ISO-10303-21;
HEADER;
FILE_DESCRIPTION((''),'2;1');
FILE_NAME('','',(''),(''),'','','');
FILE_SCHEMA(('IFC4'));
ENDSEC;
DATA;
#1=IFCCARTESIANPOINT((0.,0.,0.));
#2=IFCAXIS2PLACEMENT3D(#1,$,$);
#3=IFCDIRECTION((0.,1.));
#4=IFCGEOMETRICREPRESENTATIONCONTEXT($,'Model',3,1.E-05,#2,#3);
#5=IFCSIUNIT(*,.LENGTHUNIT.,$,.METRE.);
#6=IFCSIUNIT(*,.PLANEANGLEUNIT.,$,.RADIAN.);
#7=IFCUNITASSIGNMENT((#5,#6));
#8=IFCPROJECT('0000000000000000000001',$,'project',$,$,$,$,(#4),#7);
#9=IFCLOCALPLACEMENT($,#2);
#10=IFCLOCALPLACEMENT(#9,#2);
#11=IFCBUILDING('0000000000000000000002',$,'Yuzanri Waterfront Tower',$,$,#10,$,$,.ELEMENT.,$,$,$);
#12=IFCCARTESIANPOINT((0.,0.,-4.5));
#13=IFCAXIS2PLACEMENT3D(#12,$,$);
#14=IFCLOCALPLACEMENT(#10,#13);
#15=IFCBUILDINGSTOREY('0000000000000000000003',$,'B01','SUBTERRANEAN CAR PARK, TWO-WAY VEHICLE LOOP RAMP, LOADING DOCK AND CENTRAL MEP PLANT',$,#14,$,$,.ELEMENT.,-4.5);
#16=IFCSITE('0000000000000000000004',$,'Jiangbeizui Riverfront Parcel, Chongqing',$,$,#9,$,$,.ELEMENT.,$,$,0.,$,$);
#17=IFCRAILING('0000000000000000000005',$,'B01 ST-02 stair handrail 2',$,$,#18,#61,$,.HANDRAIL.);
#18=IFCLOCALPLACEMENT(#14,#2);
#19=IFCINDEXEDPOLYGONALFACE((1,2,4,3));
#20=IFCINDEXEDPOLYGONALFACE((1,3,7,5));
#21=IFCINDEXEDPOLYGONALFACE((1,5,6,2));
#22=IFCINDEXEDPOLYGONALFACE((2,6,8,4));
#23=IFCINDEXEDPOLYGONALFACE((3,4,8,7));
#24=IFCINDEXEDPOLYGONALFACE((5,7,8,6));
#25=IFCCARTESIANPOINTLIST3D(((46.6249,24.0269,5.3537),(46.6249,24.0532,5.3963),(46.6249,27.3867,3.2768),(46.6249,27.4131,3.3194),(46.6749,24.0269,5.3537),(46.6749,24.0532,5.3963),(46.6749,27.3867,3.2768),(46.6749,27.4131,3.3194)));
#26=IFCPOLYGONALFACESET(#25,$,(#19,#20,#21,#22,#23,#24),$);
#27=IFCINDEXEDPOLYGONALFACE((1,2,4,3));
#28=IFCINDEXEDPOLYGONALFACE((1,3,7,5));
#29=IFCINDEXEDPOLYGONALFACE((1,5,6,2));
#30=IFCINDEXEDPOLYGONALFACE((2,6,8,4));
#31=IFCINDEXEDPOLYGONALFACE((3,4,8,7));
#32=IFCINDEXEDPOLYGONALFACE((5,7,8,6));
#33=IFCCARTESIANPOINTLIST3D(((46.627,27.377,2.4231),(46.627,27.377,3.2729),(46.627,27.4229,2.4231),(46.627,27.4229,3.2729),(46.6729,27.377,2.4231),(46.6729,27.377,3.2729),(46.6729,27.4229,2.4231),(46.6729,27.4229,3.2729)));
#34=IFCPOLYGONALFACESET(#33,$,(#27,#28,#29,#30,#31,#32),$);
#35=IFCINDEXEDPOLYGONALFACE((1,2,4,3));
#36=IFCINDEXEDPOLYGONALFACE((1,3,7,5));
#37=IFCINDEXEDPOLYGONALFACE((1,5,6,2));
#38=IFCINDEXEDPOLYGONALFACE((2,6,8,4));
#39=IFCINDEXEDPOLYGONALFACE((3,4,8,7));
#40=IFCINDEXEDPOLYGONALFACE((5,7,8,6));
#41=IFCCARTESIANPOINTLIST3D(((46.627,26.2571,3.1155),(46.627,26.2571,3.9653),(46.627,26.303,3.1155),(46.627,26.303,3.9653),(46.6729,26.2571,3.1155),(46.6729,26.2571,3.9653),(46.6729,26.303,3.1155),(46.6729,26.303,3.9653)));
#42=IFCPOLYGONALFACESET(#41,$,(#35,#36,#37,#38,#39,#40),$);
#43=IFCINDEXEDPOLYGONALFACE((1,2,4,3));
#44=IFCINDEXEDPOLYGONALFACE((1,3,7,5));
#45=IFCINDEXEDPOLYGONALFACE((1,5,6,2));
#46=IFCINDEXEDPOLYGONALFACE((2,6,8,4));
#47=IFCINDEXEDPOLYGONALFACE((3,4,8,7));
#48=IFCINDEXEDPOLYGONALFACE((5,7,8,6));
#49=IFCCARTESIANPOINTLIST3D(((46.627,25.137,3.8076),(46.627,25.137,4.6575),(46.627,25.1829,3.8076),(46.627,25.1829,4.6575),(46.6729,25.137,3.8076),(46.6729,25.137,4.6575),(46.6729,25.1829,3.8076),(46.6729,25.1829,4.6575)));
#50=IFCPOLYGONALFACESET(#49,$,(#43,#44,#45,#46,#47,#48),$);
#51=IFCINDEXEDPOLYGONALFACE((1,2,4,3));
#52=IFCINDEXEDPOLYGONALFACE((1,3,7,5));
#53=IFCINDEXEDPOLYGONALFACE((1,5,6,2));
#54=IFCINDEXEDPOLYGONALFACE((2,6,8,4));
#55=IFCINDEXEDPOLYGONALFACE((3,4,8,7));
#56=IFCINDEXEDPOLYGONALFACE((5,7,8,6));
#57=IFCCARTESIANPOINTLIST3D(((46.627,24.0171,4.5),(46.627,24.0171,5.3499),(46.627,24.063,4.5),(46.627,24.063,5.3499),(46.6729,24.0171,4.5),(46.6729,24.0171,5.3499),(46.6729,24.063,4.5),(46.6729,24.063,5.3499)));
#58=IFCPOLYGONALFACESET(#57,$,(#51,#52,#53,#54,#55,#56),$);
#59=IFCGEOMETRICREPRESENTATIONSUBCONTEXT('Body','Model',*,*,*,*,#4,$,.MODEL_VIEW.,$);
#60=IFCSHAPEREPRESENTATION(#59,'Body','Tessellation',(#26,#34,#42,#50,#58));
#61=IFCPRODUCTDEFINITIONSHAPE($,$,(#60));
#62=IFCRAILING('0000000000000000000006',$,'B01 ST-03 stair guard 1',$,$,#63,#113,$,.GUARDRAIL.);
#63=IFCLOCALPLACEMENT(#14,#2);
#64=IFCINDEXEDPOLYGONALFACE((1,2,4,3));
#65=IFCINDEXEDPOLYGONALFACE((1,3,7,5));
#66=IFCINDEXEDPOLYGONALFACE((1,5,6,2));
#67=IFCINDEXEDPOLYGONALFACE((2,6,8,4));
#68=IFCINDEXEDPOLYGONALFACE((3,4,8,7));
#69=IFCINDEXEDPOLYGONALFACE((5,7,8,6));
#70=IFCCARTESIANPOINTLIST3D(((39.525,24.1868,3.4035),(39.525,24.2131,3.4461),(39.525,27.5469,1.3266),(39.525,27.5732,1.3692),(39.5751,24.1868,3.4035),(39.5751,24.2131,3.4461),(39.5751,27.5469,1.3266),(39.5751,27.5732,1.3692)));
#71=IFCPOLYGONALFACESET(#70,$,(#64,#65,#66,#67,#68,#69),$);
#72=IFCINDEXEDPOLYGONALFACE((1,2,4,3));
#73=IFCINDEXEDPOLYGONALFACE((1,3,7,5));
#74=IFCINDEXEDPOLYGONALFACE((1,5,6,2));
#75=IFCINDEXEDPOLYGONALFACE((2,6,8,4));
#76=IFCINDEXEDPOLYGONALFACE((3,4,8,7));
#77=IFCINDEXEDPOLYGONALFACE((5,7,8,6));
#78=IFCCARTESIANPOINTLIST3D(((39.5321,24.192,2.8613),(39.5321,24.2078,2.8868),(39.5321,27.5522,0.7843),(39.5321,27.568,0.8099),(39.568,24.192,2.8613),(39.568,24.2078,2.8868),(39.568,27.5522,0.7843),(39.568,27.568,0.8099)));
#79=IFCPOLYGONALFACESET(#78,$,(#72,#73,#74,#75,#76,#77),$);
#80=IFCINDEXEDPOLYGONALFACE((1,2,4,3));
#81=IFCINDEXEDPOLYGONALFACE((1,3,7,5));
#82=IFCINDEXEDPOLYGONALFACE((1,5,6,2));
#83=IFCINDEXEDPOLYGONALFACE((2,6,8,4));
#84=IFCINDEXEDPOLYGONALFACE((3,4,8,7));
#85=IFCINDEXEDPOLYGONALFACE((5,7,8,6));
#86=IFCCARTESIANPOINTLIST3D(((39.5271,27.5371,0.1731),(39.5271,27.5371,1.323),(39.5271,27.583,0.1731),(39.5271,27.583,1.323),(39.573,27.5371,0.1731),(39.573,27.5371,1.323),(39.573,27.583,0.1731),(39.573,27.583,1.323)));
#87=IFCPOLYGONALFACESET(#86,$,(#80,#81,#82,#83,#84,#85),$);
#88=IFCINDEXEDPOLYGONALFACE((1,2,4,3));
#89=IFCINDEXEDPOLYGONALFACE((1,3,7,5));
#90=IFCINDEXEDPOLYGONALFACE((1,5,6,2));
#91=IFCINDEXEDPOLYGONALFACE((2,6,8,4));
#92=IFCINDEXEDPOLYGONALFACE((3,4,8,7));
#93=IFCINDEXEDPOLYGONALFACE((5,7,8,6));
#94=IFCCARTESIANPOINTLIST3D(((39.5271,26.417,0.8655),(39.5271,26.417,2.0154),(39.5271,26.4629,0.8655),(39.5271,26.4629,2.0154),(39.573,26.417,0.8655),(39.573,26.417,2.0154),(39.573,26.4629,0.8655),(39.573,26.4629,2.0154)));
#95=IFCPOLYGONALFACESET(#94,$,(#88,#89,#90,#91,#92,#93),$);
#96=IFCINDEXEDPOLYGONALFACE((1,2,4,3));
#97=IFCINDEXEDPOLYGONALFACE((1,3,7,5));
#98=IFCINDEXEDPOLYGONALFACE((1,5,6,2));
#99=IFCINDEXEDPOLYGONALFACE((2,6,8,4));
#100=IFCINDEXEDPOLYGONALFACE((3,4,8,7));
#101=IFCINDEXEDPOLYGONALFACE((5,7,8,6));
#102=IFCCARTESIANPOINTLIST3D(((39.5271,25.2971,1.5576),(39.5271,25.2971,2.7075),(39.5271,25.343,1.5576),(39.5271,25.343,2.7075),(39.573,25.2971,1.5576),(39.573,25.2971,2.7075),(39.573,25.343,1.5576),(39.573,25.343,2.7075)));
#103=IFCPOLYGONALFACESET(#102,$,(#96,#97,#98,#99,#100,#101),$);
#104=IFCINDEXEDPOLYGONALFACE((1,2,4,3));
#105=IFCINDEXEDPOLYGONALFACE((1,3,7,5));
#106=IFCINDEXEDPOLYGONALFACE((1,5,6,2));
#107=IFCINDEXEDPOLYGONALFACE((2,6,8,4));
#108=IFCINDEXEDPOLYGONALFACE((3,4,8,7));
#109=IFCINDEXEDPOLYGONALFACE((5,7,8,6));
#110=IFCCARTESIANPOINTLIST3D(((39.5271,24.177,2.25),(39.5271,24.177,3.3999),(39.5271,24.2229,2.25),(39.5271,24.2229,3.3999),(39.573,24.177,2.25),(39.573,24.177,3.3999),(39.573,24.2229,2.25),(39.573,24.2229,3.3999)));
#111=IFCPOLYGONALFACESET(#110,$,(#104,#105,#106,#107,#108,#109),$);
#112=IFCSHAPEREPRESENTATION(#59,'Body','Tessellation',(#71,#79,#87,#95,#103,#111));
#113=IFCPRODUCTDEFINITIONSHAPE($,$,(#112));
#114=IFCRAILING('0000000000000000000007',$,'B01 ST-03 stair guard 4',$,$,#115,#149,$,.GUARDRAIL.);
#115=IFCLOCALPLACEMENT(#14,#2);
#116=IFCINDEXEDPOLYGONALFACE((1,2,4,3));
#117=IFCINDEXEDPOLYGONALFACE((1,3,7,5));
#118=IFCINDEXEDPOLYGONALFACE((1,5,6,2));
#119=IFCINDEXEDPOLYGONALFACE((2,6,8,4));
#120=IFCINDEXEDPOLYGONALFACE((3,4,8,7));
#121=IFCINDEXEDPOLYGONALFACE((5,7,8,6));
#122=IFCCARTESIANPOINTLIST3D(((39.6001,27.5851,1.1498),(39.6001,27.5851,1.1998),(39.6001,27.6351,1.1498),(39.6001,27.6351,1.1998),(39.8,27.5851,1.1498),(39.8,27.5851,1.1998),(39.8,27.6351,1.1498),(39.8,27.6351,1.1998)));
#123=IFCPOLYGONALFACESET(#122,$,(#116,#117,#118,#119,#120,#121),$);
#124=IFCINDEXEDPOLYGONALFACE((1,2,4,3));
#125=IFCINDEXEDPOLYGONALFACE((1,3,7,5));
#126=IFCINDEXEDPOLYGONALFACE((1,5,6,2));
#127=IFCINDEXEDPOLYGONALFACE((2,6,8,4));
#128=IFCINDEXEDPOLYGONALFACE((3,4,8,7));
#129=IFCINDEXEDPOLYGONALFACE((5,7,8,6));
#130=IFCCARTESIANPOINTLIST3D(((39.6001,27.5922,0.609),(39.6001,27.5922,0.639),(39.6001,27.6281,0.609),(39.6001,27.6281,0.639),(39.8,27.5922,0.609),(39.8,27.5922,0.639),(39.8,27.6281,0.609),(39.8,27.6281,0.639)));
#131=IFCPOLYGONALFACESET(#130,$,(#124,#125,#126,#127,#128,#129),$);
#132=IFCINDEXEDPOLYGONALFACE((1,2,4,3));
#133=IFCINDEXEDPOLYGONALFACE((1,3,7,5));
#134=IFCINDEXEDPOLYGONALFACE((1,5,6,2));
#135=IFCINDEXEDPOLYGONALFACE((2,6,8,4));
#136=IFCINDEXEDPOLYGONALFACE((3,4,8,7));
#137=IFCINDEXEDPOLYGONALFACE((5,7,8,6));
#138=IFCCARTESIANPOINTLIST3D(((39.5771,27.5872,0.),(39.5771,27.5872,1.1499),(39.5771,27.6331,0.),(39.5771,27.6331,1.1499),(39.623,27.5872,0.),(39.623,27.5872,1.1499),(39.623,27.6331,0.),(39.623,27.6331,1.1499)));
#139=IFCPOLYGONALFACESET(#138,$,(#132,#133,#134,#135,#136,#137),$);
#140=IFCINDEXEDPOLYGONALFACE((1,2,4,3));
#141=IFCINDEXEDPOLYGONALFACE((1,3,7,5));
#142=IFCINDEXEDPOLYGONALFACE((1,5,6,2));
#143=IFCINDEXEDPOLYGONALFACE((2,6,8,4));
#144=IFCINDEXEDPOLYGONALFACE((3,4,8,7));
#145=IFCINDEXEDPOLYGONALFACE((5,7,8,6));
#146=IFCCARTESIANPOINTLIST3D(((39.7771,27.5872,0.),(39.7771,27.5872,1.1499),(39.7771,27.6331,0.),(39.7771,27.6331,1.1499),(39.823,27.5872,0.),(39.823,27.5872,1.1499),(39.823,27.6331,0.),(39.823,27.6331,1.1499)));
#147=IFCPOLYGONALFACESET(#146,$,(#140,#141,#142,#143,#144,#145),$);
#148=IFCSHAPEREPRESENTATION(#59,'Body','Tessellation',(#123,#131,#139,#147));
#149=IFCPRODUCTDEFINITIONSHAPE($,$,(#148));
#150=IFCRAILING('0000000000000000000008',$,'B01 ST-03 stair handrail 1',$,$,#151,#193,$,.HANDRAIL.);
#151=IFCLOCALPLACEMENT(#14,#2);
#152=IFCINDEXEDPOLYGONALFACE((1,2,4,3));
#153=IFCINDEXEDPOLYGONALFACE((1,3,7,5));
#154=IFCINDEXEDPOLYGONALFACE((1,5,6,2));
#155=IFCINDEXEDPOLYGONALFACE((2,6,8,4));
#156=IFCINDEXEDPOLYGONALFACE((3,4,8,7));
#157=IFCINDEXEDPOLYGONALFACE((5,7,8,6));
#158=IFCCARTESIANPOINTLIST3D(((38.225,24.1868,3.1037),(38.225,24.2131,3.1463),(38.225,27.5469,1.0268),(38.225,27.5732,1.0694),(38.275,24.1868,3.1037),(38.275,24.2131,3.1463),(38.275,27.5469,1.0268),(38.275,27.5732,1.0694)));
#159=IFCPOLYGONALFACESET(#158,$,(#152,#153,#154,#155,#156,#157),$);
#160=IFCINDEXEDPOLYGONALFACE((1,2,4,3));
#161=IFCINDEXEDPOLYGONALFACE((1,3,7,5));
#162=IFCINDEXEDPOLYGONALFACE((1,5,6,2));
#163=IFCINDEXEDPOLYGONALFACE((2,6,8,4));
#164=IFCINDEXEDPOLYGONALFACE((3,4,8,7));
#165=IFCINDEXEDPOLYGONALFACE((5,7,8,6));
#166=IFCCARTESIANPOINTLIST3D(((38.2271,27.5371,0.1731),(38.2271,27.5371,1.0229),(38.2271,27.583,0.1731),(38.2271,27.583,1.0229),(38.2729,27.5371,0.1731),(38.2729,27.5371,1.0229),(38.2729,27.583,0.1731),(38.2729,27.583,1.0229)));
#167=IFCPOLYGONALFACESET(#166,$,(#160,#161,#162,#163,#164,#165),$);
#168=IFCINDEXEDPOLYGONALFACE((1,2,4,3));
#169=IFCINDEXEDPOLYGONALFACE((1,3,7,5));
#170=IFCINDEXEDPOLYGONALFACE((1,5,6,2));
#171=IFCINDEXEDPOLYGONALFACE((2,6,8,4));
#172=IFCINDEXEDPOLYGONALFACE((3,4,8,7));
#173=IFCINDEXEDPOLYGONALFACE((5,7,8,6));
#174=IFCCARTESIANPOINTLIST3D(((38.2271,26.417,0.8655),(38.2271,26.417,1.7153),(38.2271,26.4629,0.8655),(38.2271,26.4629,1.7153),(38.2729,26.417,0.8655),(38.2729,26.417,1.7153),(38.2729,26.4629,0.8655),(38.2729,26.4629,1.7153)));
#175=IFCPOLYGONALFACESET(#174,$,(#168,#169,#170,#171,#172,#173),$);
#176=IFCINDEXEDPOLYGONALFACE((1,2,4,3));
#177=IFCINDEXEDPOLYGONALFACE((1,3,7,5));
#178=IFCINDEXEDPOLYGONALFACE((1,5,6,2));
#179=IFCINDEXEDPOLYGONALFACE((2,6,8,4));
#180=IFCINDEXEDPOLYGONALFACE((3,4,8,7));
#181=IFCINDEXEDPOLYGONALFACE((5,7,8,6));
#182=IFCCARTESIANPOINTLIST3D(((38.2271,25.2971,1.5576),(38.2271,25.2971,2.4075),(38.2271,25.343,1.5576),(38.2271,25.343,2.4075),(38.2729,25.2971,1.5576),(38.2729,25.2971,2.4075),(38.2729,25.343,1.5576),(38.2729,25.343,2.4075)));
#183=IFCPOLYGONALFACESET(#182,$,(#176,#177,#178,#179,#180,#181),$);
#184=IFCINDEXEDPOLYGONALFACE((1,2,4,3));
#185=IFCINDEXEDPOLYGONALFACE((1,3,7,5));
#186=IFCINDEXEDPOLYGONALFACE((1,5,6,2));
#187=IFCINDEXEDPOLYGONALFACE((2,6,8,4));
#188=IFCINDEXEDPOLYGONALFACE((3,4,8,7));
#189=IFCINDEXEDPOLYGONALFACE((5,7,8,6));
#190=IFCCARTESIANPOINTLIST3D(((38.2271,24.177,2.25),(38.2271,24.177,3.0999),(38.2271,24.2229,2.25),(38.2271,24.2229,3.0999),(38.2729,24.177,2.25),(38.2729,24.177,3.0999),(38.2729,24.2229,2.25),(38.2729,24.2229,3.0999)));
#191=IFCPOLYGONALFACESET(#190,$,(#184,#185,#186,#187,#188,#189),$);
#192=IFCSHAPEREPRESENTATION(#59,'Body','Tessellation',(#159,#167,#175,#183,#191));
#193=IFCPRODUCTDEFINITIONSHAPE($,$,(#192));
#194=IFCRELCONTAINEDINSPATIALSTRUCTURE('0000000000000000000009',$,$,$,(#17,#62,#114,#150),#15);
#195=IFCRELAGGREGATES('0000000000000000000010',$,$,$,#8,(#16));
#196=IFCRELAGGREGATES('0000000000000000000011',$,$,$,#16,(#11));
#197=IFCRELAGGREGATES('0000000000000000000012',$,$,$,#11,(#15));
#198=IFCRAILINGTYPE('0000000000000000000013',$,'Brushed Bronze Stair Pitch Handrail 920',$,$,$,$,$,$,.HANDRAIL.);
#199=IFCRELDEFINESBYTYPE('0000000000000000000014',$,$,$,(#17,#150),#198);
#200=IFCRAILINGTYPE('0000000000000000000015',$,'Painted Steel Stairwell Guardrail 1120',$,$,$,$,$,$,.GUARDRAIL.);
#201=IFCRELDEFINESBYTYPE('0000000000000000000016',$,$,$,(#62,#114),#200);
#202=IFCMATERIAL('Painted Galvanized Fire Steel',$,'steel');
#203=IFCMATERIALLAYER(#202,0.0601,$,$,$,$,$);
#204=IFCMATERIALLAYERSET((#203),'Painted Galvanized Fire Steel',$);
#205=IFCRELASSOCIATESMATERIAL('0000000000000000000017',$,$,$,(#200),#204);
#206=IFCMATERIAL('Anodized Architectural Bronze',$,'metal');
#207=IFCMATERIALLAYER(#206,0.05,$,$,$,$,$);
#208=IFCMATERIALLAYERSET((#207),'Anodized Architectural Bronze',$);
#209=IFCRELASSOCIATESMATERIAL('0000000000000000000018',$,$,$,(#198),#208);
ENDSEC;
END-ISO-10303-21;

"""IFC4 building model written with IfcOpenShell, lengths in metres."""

from ifc_helpers import new_model, si_unit, direction, frame, origin, origin_2d, place, context, subcontext, project, spatial, rectangle, extrude, source, transform, mapped, material, layer, layer_set, type_object, element, save


model = new_model("IFC4")

# Units and contexts
model_context = context("Model", 3, precision=1e-05, world=origin(), true_north=direction((0.0, 1.0)))
body_context = subcontext(model_context, "Body", "Model", "MODEL_VIEW")
ifc_project = project(units=[si_unit("LENGTHUNIT", "METRE"), si_unit("PLANEANGLEUNIT", "RADIAN")], contexts=[model_context])

# Site, building, storey
site_placement = place(None, origin())
site = spatial("IfcSite", under=ifc_project, at=site_placement, Name="Jiangbeizui Riverfront Parcel, Chongqing", CompositionType="ELEMENT", RefElevation=0.0)
building_placement = place(site_placement, origin())
building = spatial("IfcBuilding", under=site, at=building_placement, Name="Yuzanri Waterfront Tower", CompositionType="ELEMENT")
storey_placement = place(building_placement, frame((0.0, 0.0, -4.5)))
storey = spatial("IfcBuildingStorey", under=building, at=storey_placement, Name="B01", Description="SUBTERRANEAN CAR PARK, TWO-WAY VEHICLE LOOP RAMP, LOADING DOCK AND CENTRAL MEP PLANT", CompositionType="ELEMENT", Elevation=-4.5)

# Railings
ifc_material_1 = material(Name="Painted Galvanized Fire Steel", Category="steel")
ifc_layer_1 = layer(ifc_material_1, 0.0601)
ifc_layer_set_1 = layer_set([ifc_layer_1], Name="Painted Galvanized Fire Steel")
railing_type_1 = type_object("IfcRailingType", Name="Painted Steel Stairwell Guardrail 1120", PredefinedType="GUARDRAIL", material=ifc_layer_set_1)
ifc_material_2 = material(Name="Anodized Architectural Bronze", Category="metal")
ifc_layer_2 = layer(ifc_material_2, 0.05)
ifc_layer_set_2 = layer_set([ifc_layer_2], Name="Anodized Architectural Bronze")
railing_type_2 = type_object("IfcRailingType", Name="Brushed Bronze Stair Pitch Handrail 920", PredefinedType="HANDRAIL", material=ifc_layer_set_2)
shared_shape_1 = source(origin(), body_context, "Body", "SweptSolid", [
    extrude(rectangle(XDim=0.05, YDim=0.05, at=origin_2d()), frame((0.0, 0.0, 0.875), z_axis=(0.0, -0.850606, 0.525803), x_axis=(1.0, 0.0, 0.0)), (0.0, 0.0, 1.0), 3.95),
    extrude(rectangle(XDim=0.0459, YDim=0.0459, at=origin_2d()), origin(), (0.0, 0.0, 1.0), 0.8499),
    extrude(rectangle(XDim=0.0459, YDim=0.0459, at=origin_2d()), frame((0.0, -1.1199, 0.6924)), (0.0, 0.0, 1.0), 0.8499),
    extrude(rectangle(XDim=0.0459, YDim=0.0459, at=origin_2d()), frame((0.0, -2.24, 1.3845)), (0.0, 0.0, 1.0), 0.8499),
    extrude(rectangle(XDim=0.0459, YDim=0.0459, at=origin_2d()), frame((0.0, -3.3599, 2.0769)), (0.0, 0.0, 1.0), 0.8499),
])
railing_1_placement = place(storey_placement, frame((46.6499, 27.3999, 2.4231)))
element("IfcRailing", 1, at=railing_1_placement, inside=storey, type_object=railing_type_2, Name="B01 ST-02 stair handrail 2", PredefinedType="HANDRAIL", context=body_context, shape_type="MappedRepresentation", body=[
    mapped(shared_shape_1, transform((0.0, 0.0, 0.0), scale=1.0)),
])
shared_shape_2 = source(origin(), body_context, "Body", "SweptSolid", [
    extrude(rectangle(XDim=0.05, YDim=0.05, at=origin_2d()), frame((0.0, 0.0, 1.1748), z_axis=(0.0, -0.850623, 0.525776), x_axis=(1.0, 0.0, 0.0)), (0.0, 0.0, 1.0), 3.9502),
    extrude(rectangle(XDim=0.0359, YDim=0.03, at=origin_2d()), frame((0.0, 0.0, 0.624), z_axis=(0.0, -0.850623, 0.525776), x_axis=(1.0, 0.0, 0.0)), (0.0, 0.0, 1.0), 3.9502),
    extrude(rectangle(XDim=0.0459, YDim=0.0459, at=origin_2d()), origin(), (0.0, 0.0, 1.0), 1.1499),
    extrude(rectangle(XDim=0.0459, YDim=0.0459, at=origin_2d()), frame((0.0, -1.1201, 0.6924)), (0.0, 0.0, 1.0), 1.1499),
    extrude(rectangle(XDim=0.0459, YDim=0.0459, at=origin_2d()), frame((0.0, -2.24, 1.3845)), (0.0, 0.0, 1.0), 1.1499),
    extrude(rectangle(XDim=0.0459, YDim=0.0459, at=origin_2d()), frame((0.0, -3.3601, 2.0769)), (0.0, 0.0, 1.0), 1.1499),
])
railing_2_placement = place(storey_placement, frame((39.55, 27.5601, 0.1731)))
element("IfcRailing", 2, at=railing_2_placement, inside=storey, type_object=railing_type_1, Name="B01 ST-03 stair guard 1", PredefinedType="GUARDRAIL", context=body_context, shape_type="MappedRepresentation", body=[
    mapped(shared_shape_2, transform((0.0, 0.0, 0.0), scale=1.0)),
])
shared_shape_3 = source(origin(), body_context, "Body", "SweptSolid", [
    extrude(rectangle(XDim=0.05, YDim=0.05, at=origin_2d()), frame((0.0, 0.0, 1.1748), z_axis=(1.0, 0.0, 0.0), x_axis=(0.0, 1.0, 0.0)), (0.0, 0.0, 1.0), 0.2),
    extrude(rectangle(XDim=0.0359, YDim=0.03, at=origin_2d()), frame((0.0, 0.0, 0.624), z_axis=(1.0, 0.0, 0.0), x_axis=(0.0, 1.0, 0.0)), (0.0, 0.0, 1.0), 0.2),
    extrude(rectangle(XDim=0.0459, YDim=0.0459, at=origin_2d()), origin(), (0.0, 0.0, 1.0), 1.1499),
    extrude(rectangle(XDim=0.0459, YDim=0.0459, at=origin_2d()), frame((0.2, 0.0, 0.0)), (0.0, 0.0, 1.0), 1.1499),
])
railing_3_placement = place(storey_placement, frame((39.6001, 27.6101, 0.0)))
element("IfcRailing", 3, at=railing_3_placement, inside=storey, type_object=railing_type_1, Name="B01 ST-03 stair guard 4", PredefinedType="GUARDRAIL", context=body_context, shape_type="MappedRepresentation", body=[
    mapped(shared_shape_3, transform((0.0, 0.0, 0.0), scale=1.0)),
])
shared_shape_4 = source(origin(), body_context, "Body", "SweptSolid", [
    extrude(rectangle(XDim=0.05, YDim=0.05, at=origin_2d()), frame((0.0, 0.0, 0.875), z_axis=(0.0, -0.850623, 0.525776), x_axis=(1.0, 0.0, 0.0)), (0.0, 0.0, 1.0), 3.9502),
    extrude(rectangle(XDim=0.0459, YDim=0.0459, at=origin_2d()), origin(), (0.0, 0.0, 1.0), 0.8499),
    extrude(rectangle(XDim=0.0459, YDim=0.0459, at=origin_2d()), frame((0.0, -1.1201, 0.6924)), (0.0, 0.0, 1.0), 0.8499),
    extrude(rectangle(XDim=0.0459, YDim=0.0459, at=origin_2d()), frame((0.0, -2.24, 1.3845)), (0.0, 0.0, 1.0), 0.8499),
    extrude(rectangle(XDim=0.0459, YDim=0.0459, at=origin_2d()), frame((0.0, -3.3601, 2.0769)), (0.0, 0.0, 1.0), 0.8499),
])
railing_4_placement = place(storey_placement, frame((38.25, 27.5601, 0.1731)))
element("IfcRailing", 4, at=railing_4_placement, inside=storey, type_object=railing_type_2, Name="B01 ST-03 stair handrail 1", PredefinedType="HANDRAIL", context=body_context, shape_type="MappedRepresentation", body=[
    mapped(shared_shape_4, transform((0.0, 0.0, 0.0), scale=1.0)),
])

save(model, "model.ifc")
